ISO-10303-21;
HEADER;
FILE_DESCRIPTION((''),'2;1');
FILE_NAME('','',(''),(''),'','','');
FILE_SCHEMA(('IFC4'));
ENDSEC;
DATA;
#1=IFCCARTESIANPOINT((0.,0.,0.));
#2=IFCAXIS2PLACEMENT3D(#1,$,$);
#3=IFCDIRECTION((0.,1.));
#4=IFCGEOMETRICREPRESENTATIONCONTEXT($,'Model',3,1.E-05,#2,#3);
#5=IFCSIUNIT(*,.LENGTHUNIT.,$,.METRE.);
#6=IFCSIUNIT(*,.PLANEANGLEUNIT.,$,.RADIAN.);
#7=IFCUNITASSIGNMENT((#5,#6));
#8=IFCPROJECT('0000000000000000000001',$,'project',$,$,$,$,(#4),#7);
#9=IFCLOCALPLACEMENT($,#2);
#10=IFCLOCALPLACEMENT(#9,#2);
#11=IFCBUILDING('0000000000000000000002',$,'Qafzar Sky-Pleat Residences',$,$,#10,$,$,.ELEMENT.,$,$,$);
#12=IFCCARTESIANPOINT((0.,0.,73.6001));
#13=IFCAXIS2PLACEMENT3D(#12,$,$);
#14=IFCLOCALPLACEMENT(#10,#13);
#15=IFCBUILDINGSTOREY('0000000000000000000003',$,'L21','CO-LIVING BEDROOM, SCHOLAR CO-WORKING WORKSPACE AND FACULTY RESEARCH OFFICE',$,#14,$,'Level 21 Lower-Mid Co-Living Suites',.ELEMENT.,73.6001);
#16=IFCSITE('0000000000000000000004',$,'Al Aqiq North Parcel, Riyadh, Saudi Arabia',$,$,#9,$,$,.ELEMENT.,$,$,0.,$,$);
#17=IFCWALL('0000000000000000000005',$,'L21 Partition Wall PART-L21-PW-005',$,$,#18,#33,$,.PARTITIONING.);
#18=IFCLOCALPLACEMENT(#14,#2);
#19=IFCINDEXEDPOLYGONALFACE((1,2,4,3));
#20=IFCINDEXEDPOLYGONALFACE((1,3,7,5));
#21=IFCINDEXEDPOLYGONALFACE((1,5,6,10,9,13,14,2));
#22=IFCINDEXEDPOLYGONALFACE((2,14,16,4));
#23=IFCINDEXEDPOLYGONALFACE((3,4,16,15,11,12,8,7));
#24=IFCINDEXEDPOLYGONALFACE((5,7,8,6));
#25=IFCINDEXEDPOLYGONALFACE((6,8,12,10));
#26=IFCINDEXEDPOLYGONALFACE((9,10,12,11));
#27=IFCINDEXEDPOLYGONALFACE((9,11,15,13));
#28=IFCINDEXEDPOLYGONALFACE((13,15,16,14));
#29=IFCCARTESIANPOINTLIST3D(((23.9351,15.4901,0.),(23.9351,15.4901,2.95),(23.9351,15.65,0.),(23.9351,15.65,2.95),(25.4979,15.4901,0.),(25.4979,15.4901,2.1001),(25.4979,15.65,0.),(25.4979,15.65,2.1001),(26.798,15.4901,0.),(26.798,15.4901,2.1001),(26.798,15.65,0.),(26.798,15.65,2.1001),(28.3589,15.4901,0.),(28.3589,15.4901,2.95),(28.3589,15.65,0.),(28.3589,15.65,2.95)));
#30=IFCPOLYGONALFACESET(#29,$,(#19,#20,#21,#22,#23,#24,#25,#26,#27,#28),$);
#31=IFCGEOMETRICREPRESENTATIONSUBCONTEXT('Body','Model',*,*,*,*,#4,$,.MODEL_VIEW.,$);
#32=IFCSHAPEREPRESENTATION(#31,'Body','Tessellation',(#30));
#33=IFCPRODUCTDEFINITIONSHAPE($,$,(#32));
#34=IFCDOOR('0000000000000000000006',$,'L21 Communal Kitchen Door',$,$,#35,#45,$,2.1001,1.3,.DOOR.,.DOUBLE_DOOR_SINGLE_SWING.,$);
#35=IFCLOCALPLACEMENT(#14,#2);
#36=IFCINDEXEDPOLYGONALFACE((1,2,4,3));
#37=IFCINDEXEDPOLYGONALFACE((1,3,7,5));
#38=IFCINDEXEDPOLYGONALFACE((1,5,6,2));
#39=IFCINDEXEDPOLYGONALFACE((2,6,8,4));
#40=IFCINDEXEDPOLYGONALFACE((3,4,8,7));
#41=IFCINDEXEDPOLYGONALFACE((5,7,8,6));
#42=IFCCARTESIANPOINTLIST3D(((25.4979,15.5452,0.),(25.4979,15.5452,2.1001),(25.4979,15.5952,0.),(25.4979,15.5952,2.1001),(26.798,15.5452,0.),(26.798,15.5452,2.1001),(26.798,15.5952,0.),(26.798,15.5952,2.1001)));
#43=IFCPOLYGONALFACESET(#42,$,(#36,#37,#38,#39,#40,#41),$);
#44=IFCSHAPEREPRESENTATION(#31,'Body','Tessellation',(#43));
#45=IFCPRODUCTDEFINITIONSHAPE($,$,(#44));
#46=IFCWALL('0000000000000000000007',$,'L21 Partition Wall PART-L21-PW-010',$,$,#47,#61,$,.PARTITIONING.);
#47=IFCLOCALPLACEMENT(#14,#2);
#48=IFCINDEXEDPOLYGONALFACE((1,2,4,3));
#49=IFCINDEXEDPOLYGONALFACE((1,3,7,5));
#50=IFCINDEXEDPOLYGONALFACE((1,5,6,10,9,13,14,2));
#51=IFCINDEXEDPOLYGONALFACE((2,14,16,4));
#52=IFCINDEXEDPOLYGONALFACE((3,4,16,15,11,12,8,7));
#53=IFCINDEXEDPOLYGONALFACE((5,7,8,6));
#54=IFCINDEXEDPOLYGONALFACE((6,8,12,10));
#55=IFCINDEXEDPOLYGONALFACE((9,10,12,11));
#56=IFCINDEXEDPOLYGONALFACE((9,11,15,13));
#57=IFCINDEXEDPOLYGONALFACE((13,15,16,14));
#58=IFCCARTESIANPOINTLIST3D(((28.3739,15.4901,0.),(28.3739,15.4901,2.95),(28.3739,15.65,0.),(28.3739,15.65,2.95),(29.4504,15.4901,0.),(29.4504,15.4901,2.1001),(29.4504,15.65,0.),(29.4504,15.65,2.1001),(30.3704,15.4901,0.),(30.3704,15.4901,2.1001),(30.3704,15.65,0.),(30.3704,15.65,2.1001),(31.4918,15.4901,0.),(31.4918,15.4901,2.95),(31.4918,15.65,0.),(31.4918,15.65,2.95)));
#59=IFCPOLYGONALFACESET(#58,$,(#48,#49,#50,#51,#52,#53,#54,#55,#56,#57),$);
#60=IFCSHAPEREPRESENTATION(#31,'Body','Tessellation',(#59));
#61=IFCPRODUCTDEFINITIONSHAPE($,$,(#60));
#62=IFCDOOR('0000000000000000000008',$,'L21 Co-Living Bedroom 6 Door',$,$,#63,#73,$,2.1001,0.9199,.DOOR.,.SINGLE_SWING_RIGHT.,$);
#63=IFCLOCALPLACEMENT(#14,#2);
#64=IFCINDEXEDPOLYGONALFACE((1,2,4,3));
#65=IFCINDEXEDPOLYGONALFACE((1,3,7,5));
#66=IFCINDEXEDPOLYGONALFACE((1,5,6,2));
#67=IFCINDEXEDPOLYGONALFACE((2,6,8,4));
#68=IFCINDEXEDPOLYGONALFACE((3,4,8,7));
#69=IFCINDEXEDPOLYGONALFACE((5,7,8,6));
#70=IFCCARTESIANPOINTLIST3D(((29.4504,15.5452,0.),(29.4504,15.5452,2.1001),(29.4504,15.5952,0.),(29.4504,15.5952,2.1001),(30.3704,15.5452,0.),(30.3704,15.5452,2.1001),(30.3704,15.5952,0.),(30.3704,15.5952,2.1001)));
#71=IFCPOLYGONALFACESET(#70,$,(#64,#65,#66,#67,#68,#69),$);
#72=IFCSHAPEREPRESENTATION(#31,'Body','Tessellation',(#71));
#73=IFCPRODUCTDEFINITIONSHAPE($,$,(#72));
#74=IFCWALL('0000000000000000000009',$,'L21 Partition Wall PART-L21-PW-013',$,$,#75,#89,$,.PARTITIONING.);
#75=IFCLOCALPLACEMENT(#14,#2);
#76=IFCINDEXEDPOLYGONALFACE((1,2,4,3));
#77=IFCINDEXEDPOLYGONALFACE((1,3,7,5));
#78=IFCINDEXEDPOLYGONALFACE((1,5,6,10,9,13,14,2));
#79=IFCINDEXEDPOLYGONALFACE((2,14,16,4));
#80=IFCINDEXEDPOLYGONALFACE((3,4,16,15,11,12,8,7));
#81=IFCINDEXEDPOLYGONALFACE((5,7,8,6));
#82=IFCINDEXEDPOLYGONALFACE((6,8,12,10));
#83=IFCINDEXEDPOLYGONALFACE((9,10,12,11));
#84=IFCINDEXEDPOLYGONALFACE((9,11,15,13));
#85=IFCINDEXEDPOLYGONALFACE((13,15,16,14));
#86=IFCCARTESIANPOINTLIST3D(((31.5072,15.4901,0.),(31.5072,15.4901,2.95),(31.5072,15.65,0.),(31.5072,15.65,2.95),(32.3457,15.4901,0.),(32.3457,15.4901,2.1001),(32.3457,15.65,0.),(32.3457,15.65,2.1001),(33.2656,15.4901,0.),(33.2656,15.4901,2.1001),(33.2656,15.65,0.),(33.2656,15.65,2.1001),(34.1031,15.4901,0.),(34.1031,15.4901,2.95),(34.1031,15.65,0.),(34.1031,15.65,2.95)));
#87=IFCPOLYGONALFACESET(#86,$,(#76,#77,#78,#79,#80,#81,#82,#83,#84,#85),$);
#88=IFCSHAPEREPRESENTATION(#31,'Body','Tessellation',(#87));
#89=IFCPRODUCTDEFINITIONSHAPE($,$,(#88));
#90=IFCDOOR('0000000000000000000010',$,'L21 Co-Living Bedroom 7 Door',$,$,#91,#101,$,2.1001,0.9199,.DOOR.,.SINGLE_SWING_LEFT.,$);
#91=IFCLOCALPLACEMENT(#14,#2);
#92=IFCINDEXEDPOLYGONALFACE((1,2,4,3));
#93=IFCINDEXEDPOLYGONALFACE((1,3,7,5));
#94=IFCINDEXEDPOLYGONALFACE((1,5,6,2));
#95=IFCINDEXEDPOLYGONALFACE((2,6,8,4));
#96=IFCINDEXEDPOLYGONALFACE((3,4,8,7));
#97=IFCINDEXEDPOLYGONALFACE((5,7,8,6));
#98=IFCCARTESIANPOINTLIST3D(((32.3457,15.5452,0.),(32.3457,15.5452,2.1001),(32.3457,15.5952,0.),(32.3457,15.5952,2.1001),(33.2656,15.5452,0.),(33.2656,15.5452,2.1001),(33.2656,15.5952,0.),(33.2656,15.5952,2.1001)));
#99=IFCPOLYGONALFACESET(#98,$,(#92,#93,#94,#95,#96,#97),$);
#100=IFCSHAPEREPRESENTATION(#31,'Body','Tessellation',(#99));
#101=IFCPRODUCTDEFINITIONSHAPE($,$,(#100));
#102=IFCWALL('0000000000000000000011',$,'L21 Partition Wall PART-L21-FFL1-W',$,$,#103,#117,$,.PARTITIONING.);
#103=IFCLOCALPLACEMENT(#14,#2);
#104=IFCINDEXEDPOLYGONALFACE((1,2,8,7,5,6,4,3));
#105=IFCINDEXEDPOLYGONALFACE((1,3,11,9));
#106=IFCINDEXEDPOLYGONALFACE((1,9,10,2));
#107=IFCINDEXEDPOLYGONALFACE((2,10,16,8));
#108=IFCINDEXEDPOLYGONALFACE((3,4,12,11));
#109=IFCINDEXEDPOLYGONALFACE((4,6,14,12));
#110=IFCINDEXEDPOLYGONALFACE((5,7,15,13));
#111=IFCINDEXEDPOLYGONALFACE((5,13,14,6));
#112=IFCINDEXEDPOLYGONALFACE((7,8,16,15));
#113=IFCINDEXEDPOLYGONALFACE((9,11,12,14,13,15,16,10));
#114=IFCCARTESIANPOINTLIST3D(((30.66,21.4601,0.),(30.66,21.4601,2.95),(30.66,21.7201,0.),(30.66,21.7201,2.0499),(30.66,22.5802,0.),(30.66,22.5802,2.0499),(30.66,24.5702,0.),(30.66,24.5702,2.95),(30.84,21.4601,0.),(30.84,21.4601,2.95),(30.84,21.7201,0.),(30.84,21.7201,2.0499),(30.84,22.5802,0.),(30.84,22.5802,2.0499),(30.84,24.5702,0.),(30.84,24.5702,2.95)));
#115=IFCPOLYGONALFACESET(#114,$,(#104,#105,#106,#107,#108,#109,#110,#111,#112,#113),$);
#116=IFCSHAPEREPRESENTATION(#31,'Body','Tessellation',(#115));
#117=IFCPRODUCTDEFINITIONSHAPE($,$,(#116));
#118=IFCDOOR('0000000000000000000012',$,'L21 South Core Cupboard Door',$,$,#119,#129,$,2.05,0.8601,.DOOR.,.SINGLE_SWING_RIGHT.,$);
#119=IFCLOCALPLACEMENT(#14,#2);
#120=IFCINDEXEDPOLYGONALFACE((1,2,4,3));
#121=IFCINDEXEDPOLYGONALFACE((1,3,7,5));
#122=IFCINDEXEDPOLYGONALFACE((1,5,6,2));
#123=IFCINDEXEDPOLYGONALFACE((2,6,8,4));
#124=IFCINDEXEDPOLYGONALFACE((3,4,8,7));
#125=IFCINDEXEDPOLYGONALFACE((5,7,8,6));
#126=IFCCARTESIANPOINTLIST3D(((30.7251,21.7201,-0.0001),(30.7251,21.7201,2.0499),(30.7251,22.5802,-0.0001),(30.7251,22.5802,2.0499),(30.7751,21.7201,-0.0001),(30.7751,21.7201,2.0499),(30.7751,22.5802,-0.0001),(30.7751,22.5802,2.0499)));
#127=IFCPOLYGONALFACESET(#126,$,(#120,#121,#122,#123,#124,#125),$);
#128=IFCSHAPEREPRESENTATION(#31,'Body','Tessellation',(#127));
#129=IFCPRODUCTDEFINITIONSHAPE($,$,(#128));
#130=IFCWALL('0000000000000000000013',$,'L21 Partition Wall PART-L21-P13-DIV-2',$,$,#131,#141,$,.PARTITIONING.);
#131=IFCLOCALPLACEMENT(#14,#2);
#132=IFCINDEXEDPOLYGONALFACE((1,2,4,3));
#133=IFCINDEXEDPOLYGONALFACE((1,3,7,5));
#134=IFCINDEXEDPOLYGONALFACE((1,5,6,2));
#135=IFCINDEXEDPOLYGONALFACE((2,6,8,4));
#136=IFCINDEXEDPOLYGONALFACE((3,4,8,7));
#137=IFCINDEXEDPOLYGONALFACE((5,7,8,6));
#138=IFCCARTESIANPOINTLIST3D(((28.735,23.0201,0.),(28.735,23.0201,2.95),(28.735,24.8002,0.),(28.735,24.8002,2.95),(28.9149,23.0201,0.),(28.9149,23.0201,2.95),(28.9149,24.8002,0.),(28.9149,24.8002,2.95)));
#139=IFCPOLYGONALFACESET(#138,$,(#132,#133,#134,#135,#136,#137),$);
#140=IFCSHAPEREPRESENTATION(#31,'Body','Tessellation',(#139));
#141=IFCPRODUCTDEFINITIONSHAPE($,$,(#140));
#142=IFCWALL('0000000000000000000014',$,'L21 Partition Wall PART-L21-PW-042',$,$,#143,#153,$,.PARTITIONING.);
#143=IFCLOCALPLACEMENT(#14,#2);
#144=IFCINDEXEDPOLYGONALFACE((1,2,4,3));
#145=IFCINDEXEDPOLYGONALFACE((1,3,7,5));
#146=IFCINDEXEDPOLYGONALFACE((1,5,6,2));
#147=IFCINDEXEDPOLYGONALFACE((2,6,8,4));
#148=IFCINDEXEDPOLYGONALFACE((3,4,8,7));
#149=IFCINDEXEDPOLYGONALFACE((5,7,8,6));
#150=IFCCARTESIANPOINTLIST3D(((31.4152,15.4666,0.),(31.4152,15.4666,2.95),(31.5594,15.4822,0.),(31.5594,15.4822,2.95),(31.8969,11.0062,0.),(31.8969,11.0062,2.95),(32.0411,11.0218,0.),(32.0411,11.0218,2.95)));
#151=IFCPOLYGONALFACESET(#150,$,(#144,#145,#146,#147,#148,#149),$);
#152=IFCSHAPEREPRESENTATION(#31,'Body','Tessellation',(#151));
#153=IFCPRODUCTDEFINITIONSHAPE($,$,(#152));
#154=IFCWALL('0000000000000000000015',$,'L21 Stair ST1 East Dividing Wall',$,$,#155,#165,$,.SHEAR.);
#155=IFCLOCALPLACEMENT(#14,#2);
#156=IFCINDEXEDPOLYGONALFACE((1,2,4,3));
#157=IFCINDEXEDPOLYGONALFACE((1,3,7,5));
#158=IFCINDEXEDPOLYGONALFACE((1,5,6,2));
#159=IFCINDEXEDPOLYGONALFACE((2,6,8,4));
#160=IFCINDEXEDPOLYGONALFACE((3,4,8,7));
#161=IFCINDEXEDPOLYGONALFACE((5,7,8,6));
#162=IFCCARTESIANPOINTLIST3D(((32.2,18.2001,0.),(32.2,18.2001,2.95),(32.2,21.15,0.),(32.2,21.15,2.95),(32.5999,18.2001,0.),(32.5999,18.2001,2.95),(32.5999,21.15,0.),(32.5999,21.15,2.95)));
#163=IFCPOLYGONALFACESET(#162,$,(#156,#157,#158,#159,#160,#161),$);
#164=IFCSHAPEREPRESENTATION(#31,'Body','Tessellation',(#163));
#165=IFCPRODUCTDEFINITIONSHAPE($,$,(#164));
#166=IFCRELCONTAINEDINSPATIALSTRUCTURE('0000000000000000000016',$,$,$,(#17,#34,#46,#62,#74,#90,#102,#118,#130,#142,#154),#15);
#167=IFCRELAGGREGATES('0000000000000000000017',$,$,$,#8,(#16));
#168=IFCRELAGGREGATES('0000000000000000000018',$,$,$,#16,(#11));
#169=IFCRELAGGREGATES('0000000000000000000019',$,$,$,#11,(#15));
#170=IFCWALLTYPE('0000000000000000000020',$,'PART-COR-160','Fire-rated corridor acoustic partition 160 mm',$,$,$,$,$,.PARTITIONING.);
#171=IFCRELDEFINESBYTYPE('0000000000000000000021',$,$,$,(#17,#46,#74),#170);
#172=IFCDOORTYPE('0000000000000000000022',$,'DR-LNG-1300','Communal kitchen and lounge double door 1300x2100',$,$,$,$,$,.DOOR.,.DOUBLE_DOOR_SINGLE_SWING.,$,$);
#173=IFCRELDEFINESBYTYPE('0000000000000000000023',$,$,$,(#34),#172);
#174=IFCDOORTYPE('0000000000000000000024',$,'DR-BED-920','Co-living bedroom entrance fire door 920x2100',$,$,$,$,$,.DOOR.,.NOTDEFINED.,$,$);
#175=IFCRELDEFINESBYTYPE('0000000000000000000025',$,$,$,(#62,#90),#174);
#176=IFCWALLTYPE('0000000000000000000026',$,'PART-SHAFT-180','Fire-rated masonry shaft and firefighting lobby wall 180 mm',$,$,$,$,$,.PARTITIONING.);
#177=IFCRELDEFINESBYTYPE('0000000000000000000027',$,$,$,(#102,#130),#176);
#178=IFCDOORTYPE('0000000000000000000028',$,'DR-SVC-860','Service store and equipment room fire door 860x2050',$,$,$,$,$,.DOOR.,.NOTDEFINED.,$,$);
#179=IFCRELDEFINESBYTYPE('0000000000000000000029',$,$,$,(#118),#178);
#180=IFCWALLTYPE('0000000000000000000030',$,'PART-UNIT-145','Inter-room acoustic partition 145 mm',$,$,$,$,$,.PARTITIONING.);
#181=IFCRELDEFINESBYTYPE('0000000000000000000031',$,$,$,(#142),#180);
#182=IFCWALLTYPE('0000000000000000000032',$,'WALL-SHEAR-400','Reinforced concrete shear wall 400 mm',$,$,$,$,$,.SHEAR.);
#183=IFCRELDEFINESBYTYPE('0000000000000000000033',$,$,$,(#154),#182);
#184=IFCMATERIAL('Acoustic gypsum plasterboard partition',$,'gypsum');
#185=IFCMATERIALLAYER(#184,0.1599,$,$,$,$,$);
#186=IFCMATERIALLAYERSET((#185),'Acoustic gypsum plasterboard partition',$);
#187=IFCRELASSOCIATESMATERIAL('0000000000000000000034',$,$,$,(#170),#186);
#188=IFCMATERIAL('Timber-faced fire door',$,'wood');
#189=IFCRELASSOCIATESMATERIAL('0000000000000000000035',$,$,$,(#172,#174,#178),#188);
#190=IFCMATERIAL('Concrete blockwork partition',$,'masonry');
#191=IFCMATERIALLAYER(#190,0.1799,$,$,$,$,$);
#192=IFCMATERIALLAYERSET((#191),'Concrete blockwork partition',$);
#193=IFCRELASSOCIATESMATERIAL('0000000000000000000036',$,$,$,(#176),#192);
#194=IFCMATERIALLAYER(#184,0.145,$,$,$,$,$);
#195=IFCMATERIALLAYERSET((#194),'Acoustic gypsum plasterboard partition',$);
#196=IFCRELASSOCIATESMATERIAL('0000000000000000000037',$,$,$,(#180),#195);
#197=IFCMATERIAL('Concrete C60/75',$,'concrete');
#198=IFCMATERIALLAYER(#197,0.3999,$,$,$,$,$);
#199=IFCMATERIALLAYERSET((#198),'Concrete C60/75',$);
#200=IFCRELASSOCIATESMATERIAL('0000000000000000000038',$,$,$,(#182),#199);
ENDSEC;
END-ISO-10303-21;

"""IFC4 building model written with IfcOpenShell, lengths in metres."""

from ifc_helpers import new_model, si_unit, direction, frame, frame_2d, origin, place, context, subcontext, project, spatial, rectangle, extrude, source, transform, mapped, material, layer, layer_set, type_object, element, fill, save


model = new_model("IFC4")

# Units and contexts
model_context = context("Model", 3, precision=1e-05, world=origin(), true_north=direction((0.0, 1.0)))
body_context = subcontext(model_context, "Body", "Model", "MODEL_VIEW")
ifc_project = project(units=[si_unit("LENGTHUNIT", "METRE"), si_unit("PLANEANGLEUNIT", "RADIAN")], contexts=[model_context])

# Site, building, storey
site_placement = place(None, origin())
site = spatial("IfcSite", under=ifc_project, at=site_placement, Name="Al Aqiq North Parcel, Riyadh, Saudi Arabia", CompositionType="ELEMENT", RefElevation=0.0)
building_placement = place(site_placement, origin())
building = spatial("IfcBuilding", under=site, at=building_placement, Name="Qafzar Sky-Pleat Residences", CompositionType="ELEMENT")
storey_placement = place(building_placement, frame((0.0, 0.0, 73.6001)))
storey = spatial("IfcBuildingStorey", under=building, at=storey_placement, Name="L21", Description="CO-LIVING BEDROOM, SCHOLAR CO-WORKING WORKSPACE AND FACULTY RESEARCH OFFICE", LongName="Level 21 Lower-Mid Co-Living Suites", CompositionType="ELEMENT", Elevation=73.6001)

# Walls, openings, doors
ifc_material_1 = material(Name="Acoustic gypsum plasterboard partition", Category="gypsum")
ifc_layer_1 = layer(ifc_material_1, 0.1599)
ifc_layer_set_1 = layer_set([ifc_layer_1], Name="Acoustic gypsum plasterboard partition")
wall_type_1 = type_object("IfcWallType", Name="PART-COR-160", Description="Fire-rated corridor acoustic partition 160 mm", PredefinedType="PARTITIONING", material=ifc_layer_set_1)
wall_1_placement = place(storey_placement, frame((28.3589, 15.5701, 0.0), z_axis=(0.0, 0.0, 1.0), x_axis=(-1.0, 0.0, 0.0)))
wall_1 = element("IfcWall", 1, at=wall_1_placement, inside=storey, type_object=wall_type_1, Name="L21 Partition Wall PART-L21-PW-005", PredefinedType="PARTITIONING", context=body_context, shape_type="SweptSolid", body=[
    extrude(rectangle(XDim=4.4238, YDim=0.1599, at=frame_2d((2.2119, 0.0))), origin(), (0.0, 0.0, 1.0), 2.95),
])
opening_1_placement = place(wall_1_placement, frame((1.561, 0.0, 0.0)))
opening_1 = element("IfcOpeningElement", 2, at=opening_1_placement, cuts=wall_1, PredefinedType="OPENING", context=body_context, shape_type="SweptSolid", body=[
    extrude(rectangle(XDim=1.3, YDim=2.1001, at=frame_2d((0.6499, 1.05))), frame((0.0, 0.0898, 0.0), z_axis=(0.0, -1.0, 0.0), x_axis=(1.0, 0.0, 0.0)), (0.0, 0.0, 1.0), 0.1799),
])
ifc_material_2 = material(Name="Timber-faced fire door", Category="wood")
door_type_1 = type_object("IfcDoorType", Name="DR-LNG-1300", Description="Communal kitchen and lounge double door 1300x2100", OperationType="DOUBLE_DOOR_SINGLE_SWING", PredefinedType="DOOR", material=ifc_material_2)
shared_shape_1 = source(origin(), body_context, "Body", "SweptSolid", [
    extrude(rectangle(XDim=1.3, YDim=2.1001, at=frame_2d((0.6499, 1.05))), frame((0.0, 0.0249, 0.0), z_axis=(0.0, -1.0, 0.0), x_axis=(1.0, 0.0, 0.0)), (0.0, 0.0, 1.0), 0.05),
])
door_1_placement = place(opening_1_placement, origin())
door_1 = element("IfcDoor", 3, at=door_1_placement, inside=storey, type_object=door_type_1, Name="L21 Communal Kitchen Door", OperationType="DOUBLE_DOOR_SINGLE_SWING", OverallHeight=2.1001, OverallWidth=1.3, PredefinedType="DOOR", context=body_context, shape_type="MappedRepresentation", body=[
    mapped(shared_shape_1, transform((0.0, 0.0, 0.0), x_axis=(1.0, 0.0, 0.0), y_axis=(0.0, 1.0, 0.0), z_axis=(0.0, 0.0, 1.0), scale=1.0)),
])
fill(opening_1, door_1)
wall_2_placement = place(storey_placement, frame((31.4919, 15.5701, 0.0), z_axis=(0.0, 0.0, 1.0), x_axis=(-1.0, 0.0, 0.0)))
wall_2 = element("IfcWall", 4, at=wall_2_placement, inside=storey, type_object=wall_type_1, Name="L21 Partition Wall PART-L21-PW-010", PredefinedType="PARTITIONING", context=body_context, shape_type="SweptSolid", body=[
    extrude(rectangle(XDim=3.1179, YDim=0.1599, at=frame_2d((1.5591, 0.0))), origin(), (0.0, 0.0, 1.0), 2.95),
])
opening_2_placement = place(wall_2_placement, frame((1.1216, 0.0, 0.0)))
opening_2 = element("IfcOpeningElement", 5, at=opening_2_placement, cuts=wall_2, PredefinedType="OPENING", context=body_context, shape_type="SweptSolid", body=[
    extrude(rectangle(XDim=0.9199, YDim=2.1001, at=frame_2d((0.46, 1.05))), frame((0.0, 0.0898, 0.0), z_axis=(0.0, -1.0, 0.0), x_axis=(1.0, 0.0, 0.0)), (0.0, 0.0, 1.0), 0.1799),
])
door_type_2 = type_object("IfcDoorType", Name="DR-BED-920", Description="Co-living bedroom entrance fire door 920x2100", OperationType="NOTDEFINED", PredefinedType="DOOR", material=ifc_material_2)
shared_shape_2 = source(origin(), body_context, "Body", "SweptSolid", [
    extrude(rectangle(XDim=0.9199, YDim=2.1001, at=frame_2d((0.46, 1.05))), frame((0.0, 0.0249, 0.0), z_axis=(0.0, -1.0, 0.0), x_axis=(1.0, 0.0, 0.0)), (0.0, 0.0, 1.0), 0.05),
])
door_2_placement = place(opening_2_placement, origin())
door_2 = element("IfcDoor", 6, at=door_2_placement, inside=storey, type_object=door_type_2, Name="L21 Co-Living Bedroom 6 Door", OperationType="SINGLE_SWING_RIGHT", OverallHeight=2.1001, OverallWidth=0.9199, PredefinedType="DOOR", context=body_context, shape_type="MappedRepresentation", body=[
    mapped(shared_shape_2, transform((0.0, 0.0, 0.0), x_axis=(1.0, 0.0, 0.0), y_axis=(0.0, 1.0, 0.0), z_axis=(0.0, 0.0, 1.0), scale=1.0)),
])
fill(opening_2, door_2)
wall_3_placement = place(storey_placement, frame((34.103, 15.5701, 0.0), z_axis=(0.0, 0.0, 1.0), x_axis=(-1.0, 0.0, 0.0)))
wall_3 = element("IfcWall", 7, at=wall_3_placement, inside=storey, type_object=wall_type_1, Name="L21 Partition Wall PART-L21-PW-013", PredefinedType="PARTITIONING", context=body_context, shape_type="SweptSolid", body=[
    extrude(rectangle(XDim=2.5959, YDim=0.1599, at=frame_2d((1.2979, 0.0))), origin(), (0.0, 0.0, 1.0), 2.95),
])
opening_3_placement = place(wall_3_placement, frame((0.8374, 0.0, 0.0)))
opening_3 = element("IfcOpeningElement", 8, at=opening_3_placement, cuts=wall_3, PredefinedType="OPENING", context=body_context, shape_type="SweptSolid", body=[
    extrude(rectangle(XDim=0.9199, YDim=2.1001, at=frame_2d((0.46, 1.05))), frame((0.0, 0.0898, 0.0), z_axis=(0.0, -1.0, 0.0), x_axis=(1.0, 0.0, 0.0)), (0.0, 0.0, 1.0), 0.1799),
])
door_3_placement = place(opening_3_placement, origin())
door_3 = element("IfcDoor", 9, at=door_3_placement, inside=storey, type_object=door_type_2, Name="L21 Co-Living Bedroom 7 Door", OperationType="SINGLE_SWING_LEFT", OverallHeight=2.1001, OverallWidth=0.9199, PredefinedType="DOOR", context=body_context, shape_type="MappedRepresentation", body=[
    mapped(shared_shape_2, transform((0.0, 0.0, 0.0), x_axis=(1.0, 0.0, 0.0), y_axis=(0.0, 1.0, 0.0), z_axis=(0.0, 0.0, 1.0), scale=1.0)),
])
fill(opening_3, door_3)
ifc_material_3 = material(Name="Concrete blockwork partition", Category="masonry")
ifc_layer_2 = layer(ifc_material_3, 0.1799)
ifc_layer_set_2 = layer_set([ifc_layer_2], Name="Concrete blockwork partition")
wall_type_2 = type_object("IfcWallType", Name="PART-SHAFT-180", Description="Fire-rated masonry shaft and firefighting lobby wall 180 mm", PredefinedType="PARTITIONING", material=ifc_layer_set_2)
wall_4_placement = place(storey_placement, frame((30.75, 21.46, 0.0), z_axis=(0.0, 0.0, 1.0), x_axis=(0.0, 1.0, 0.0)))
wall_4 = element("IfcWall", 10, at=wall_4_placement, inside=storey, type_object=wall_type_2, Name="L21 Partition Wall PART-L21-FFL1-W", PredefinedType="PARTITIONING", context=body_context, shape_type="SweptSolid", body=[
    extrude(rectangle(XDim=3.1101, YDim=0.1799, at=frame_2d((1.5552, 0.0))), origin(), (0.0, 0.0, 1.0), 2.95),
])
opening_4_placement = place(wall_4_placement, frame((0.26, 0.0, 0.0)))
opening_4 = element("IfcOpeningElement", 11, at=opening_4_placement, cuts=wall_4, PredefinedType="OPENING", context=body_context, shape_type="SweptSolid", body=[
    extrude(rectangle(XDim=0.8601, YDim=2.05, at=frame_2d((0.4302, 1.0249))), frame((0.0, 0.1001, 0.0), z_axis=(0.0, -1.0, 0.0), x_axis=(1.0, 0.0, 0.0)), (0.0, 0.0, 1.0), 0.2),
])
door_type_3 = type_object("IfcDoorType", Name="DR-SVC-860", Description="Service store and equipment room fire door 860x2050", OperationType="NOTDEFINED", PredefinedType="DOOR", material=ifc_material_2)
shared_shape_3 = source(origin(), body_context, "Body", "SweptSolid", [
    extrude(rectangle(XDim=0.8601, YDim=2.05, at=frame_2d((0.4302, 1.0249))), frame((0.0, 0.0249, 0.0), z_axis=(0.0, -1.0, 0.0), x_axis=(1.0, 0.0, 0.0)), (0.0, 0.0, 1.0), 0.05),
])
door_4_placement = place(opening_4_placement, origin())
door_4 = element("IfcDoor", 12, at=door_4_placement, inside=storey, type_object=door_type_3, Name="L21 South Core Cupboard Door", OperationType="SINGLE_SWING_RIGHT", OverallHeight=2.05, OverallWidth=0.8601, PredefinedType="DOOR", context=body_context, shape_type="MappedRepresentation", body=[
    mapped(shared_shape_3, transform((0.0, 0.0, 0.0), x_axis=(1.0, 0.0, 0.0), y_axis=(0.0, 1.0, 0.0), z_axis=(0.0, 0.0, 1.0), scale=1.0)),
])
fill(opening_4, door_4)

# Walls
wall_5_placement = place(storey_placement, frame((28.825, 23.02, 0.0), z_axis=(0.0, 0.0, 1.0), x_axis=(0.0, 1.0, 0.0)))
element("IfcWall", 13, at=wall_5_placement, inside=storey, type_object=wall_type_2, Name="L21 Partition Wall PART-L21-P13-DIV-2", PredefinedType="PARTITIONING", context=body_context, shape_type="SweptSolid", body=[
    extrude(rectangle(XDim=1.78, YDim=0.1799, at=frame_2d((0.8901, 0.0))), origin(), (0.0, 0.0, 1.0), 2.95),
])
ifc_layer_3 = layer(ifc_material_1, 0.145)
ifc_layer_set_3 = layer_set([ifc_layer_3], Name="Acoustic gypsum plasterboard partition")
wall_type_3 = type_object("IfcWallType", Name="PART-UNIT-145", Description="Inter-room acoustic partition 145 mm", PredefinedType="PARTITIONING", material=ifc_layer_set_3)
wall_6_placement = place(storey_placement, frame((31.4873, 15.4744, 0.0), z_axis=(0.0, 0.0, 1.0), x_axis=(0.107367, -0.994219, 0.0)))
element("IfcWall", 14, at=wall_6_placement, inside=storey, type_object=wall_type_3, Name="L21 Partition Wall PART-L21-PW-042", PredefinedType="PARTITIONING", context=body_context, shape_type="SweptSolid", body=[
    extrude(rectangle(XDim=4.4863, YDim=0.145, at=frame_2d((2.2432, 0.0))), origin(), (0.0, 0.0, 1.0), 2.95),
])
ifc_material_4 = material(Name="Concrete C60/75", Category="concrete")
ifc_layer_4 = layer(ifc_material_4, 0.3999)
ifc_layer_set_4 = layer_set([ifc_layer_4], Name="Concrete C60/75")
wall_type_4 = type_object("IfcWallType", Name="WALL-SHEAR-400", Description="Reinforced concrete shear wall 400 mm", PredefinedType="SHEAR", material=ifc_layer_set_4)
wall_7_placement = place(storey_placement, frame((32.3999, 18.2, 0.0), z_axis=(0.0, 0.0, 1.0), x_axis=(0.0, 1.0, 0.0)))
element("IfcWall", 15, at=wall_7_placement, inside=storey, type_object=wall_type_4, Name="L21 Stair ST1 East Dividing Wall", PredefinedType="SHEAR", context=body_context, shape_type="SweptSolid", body=[
    extrude(rectangle(XDim=2.95, YDim=0.3999, at=frame_2d((1.4751, 0.0))), origin(), (0.0, 0.0, 1.0), 2.95),
])

save(model, "model.ifc")
